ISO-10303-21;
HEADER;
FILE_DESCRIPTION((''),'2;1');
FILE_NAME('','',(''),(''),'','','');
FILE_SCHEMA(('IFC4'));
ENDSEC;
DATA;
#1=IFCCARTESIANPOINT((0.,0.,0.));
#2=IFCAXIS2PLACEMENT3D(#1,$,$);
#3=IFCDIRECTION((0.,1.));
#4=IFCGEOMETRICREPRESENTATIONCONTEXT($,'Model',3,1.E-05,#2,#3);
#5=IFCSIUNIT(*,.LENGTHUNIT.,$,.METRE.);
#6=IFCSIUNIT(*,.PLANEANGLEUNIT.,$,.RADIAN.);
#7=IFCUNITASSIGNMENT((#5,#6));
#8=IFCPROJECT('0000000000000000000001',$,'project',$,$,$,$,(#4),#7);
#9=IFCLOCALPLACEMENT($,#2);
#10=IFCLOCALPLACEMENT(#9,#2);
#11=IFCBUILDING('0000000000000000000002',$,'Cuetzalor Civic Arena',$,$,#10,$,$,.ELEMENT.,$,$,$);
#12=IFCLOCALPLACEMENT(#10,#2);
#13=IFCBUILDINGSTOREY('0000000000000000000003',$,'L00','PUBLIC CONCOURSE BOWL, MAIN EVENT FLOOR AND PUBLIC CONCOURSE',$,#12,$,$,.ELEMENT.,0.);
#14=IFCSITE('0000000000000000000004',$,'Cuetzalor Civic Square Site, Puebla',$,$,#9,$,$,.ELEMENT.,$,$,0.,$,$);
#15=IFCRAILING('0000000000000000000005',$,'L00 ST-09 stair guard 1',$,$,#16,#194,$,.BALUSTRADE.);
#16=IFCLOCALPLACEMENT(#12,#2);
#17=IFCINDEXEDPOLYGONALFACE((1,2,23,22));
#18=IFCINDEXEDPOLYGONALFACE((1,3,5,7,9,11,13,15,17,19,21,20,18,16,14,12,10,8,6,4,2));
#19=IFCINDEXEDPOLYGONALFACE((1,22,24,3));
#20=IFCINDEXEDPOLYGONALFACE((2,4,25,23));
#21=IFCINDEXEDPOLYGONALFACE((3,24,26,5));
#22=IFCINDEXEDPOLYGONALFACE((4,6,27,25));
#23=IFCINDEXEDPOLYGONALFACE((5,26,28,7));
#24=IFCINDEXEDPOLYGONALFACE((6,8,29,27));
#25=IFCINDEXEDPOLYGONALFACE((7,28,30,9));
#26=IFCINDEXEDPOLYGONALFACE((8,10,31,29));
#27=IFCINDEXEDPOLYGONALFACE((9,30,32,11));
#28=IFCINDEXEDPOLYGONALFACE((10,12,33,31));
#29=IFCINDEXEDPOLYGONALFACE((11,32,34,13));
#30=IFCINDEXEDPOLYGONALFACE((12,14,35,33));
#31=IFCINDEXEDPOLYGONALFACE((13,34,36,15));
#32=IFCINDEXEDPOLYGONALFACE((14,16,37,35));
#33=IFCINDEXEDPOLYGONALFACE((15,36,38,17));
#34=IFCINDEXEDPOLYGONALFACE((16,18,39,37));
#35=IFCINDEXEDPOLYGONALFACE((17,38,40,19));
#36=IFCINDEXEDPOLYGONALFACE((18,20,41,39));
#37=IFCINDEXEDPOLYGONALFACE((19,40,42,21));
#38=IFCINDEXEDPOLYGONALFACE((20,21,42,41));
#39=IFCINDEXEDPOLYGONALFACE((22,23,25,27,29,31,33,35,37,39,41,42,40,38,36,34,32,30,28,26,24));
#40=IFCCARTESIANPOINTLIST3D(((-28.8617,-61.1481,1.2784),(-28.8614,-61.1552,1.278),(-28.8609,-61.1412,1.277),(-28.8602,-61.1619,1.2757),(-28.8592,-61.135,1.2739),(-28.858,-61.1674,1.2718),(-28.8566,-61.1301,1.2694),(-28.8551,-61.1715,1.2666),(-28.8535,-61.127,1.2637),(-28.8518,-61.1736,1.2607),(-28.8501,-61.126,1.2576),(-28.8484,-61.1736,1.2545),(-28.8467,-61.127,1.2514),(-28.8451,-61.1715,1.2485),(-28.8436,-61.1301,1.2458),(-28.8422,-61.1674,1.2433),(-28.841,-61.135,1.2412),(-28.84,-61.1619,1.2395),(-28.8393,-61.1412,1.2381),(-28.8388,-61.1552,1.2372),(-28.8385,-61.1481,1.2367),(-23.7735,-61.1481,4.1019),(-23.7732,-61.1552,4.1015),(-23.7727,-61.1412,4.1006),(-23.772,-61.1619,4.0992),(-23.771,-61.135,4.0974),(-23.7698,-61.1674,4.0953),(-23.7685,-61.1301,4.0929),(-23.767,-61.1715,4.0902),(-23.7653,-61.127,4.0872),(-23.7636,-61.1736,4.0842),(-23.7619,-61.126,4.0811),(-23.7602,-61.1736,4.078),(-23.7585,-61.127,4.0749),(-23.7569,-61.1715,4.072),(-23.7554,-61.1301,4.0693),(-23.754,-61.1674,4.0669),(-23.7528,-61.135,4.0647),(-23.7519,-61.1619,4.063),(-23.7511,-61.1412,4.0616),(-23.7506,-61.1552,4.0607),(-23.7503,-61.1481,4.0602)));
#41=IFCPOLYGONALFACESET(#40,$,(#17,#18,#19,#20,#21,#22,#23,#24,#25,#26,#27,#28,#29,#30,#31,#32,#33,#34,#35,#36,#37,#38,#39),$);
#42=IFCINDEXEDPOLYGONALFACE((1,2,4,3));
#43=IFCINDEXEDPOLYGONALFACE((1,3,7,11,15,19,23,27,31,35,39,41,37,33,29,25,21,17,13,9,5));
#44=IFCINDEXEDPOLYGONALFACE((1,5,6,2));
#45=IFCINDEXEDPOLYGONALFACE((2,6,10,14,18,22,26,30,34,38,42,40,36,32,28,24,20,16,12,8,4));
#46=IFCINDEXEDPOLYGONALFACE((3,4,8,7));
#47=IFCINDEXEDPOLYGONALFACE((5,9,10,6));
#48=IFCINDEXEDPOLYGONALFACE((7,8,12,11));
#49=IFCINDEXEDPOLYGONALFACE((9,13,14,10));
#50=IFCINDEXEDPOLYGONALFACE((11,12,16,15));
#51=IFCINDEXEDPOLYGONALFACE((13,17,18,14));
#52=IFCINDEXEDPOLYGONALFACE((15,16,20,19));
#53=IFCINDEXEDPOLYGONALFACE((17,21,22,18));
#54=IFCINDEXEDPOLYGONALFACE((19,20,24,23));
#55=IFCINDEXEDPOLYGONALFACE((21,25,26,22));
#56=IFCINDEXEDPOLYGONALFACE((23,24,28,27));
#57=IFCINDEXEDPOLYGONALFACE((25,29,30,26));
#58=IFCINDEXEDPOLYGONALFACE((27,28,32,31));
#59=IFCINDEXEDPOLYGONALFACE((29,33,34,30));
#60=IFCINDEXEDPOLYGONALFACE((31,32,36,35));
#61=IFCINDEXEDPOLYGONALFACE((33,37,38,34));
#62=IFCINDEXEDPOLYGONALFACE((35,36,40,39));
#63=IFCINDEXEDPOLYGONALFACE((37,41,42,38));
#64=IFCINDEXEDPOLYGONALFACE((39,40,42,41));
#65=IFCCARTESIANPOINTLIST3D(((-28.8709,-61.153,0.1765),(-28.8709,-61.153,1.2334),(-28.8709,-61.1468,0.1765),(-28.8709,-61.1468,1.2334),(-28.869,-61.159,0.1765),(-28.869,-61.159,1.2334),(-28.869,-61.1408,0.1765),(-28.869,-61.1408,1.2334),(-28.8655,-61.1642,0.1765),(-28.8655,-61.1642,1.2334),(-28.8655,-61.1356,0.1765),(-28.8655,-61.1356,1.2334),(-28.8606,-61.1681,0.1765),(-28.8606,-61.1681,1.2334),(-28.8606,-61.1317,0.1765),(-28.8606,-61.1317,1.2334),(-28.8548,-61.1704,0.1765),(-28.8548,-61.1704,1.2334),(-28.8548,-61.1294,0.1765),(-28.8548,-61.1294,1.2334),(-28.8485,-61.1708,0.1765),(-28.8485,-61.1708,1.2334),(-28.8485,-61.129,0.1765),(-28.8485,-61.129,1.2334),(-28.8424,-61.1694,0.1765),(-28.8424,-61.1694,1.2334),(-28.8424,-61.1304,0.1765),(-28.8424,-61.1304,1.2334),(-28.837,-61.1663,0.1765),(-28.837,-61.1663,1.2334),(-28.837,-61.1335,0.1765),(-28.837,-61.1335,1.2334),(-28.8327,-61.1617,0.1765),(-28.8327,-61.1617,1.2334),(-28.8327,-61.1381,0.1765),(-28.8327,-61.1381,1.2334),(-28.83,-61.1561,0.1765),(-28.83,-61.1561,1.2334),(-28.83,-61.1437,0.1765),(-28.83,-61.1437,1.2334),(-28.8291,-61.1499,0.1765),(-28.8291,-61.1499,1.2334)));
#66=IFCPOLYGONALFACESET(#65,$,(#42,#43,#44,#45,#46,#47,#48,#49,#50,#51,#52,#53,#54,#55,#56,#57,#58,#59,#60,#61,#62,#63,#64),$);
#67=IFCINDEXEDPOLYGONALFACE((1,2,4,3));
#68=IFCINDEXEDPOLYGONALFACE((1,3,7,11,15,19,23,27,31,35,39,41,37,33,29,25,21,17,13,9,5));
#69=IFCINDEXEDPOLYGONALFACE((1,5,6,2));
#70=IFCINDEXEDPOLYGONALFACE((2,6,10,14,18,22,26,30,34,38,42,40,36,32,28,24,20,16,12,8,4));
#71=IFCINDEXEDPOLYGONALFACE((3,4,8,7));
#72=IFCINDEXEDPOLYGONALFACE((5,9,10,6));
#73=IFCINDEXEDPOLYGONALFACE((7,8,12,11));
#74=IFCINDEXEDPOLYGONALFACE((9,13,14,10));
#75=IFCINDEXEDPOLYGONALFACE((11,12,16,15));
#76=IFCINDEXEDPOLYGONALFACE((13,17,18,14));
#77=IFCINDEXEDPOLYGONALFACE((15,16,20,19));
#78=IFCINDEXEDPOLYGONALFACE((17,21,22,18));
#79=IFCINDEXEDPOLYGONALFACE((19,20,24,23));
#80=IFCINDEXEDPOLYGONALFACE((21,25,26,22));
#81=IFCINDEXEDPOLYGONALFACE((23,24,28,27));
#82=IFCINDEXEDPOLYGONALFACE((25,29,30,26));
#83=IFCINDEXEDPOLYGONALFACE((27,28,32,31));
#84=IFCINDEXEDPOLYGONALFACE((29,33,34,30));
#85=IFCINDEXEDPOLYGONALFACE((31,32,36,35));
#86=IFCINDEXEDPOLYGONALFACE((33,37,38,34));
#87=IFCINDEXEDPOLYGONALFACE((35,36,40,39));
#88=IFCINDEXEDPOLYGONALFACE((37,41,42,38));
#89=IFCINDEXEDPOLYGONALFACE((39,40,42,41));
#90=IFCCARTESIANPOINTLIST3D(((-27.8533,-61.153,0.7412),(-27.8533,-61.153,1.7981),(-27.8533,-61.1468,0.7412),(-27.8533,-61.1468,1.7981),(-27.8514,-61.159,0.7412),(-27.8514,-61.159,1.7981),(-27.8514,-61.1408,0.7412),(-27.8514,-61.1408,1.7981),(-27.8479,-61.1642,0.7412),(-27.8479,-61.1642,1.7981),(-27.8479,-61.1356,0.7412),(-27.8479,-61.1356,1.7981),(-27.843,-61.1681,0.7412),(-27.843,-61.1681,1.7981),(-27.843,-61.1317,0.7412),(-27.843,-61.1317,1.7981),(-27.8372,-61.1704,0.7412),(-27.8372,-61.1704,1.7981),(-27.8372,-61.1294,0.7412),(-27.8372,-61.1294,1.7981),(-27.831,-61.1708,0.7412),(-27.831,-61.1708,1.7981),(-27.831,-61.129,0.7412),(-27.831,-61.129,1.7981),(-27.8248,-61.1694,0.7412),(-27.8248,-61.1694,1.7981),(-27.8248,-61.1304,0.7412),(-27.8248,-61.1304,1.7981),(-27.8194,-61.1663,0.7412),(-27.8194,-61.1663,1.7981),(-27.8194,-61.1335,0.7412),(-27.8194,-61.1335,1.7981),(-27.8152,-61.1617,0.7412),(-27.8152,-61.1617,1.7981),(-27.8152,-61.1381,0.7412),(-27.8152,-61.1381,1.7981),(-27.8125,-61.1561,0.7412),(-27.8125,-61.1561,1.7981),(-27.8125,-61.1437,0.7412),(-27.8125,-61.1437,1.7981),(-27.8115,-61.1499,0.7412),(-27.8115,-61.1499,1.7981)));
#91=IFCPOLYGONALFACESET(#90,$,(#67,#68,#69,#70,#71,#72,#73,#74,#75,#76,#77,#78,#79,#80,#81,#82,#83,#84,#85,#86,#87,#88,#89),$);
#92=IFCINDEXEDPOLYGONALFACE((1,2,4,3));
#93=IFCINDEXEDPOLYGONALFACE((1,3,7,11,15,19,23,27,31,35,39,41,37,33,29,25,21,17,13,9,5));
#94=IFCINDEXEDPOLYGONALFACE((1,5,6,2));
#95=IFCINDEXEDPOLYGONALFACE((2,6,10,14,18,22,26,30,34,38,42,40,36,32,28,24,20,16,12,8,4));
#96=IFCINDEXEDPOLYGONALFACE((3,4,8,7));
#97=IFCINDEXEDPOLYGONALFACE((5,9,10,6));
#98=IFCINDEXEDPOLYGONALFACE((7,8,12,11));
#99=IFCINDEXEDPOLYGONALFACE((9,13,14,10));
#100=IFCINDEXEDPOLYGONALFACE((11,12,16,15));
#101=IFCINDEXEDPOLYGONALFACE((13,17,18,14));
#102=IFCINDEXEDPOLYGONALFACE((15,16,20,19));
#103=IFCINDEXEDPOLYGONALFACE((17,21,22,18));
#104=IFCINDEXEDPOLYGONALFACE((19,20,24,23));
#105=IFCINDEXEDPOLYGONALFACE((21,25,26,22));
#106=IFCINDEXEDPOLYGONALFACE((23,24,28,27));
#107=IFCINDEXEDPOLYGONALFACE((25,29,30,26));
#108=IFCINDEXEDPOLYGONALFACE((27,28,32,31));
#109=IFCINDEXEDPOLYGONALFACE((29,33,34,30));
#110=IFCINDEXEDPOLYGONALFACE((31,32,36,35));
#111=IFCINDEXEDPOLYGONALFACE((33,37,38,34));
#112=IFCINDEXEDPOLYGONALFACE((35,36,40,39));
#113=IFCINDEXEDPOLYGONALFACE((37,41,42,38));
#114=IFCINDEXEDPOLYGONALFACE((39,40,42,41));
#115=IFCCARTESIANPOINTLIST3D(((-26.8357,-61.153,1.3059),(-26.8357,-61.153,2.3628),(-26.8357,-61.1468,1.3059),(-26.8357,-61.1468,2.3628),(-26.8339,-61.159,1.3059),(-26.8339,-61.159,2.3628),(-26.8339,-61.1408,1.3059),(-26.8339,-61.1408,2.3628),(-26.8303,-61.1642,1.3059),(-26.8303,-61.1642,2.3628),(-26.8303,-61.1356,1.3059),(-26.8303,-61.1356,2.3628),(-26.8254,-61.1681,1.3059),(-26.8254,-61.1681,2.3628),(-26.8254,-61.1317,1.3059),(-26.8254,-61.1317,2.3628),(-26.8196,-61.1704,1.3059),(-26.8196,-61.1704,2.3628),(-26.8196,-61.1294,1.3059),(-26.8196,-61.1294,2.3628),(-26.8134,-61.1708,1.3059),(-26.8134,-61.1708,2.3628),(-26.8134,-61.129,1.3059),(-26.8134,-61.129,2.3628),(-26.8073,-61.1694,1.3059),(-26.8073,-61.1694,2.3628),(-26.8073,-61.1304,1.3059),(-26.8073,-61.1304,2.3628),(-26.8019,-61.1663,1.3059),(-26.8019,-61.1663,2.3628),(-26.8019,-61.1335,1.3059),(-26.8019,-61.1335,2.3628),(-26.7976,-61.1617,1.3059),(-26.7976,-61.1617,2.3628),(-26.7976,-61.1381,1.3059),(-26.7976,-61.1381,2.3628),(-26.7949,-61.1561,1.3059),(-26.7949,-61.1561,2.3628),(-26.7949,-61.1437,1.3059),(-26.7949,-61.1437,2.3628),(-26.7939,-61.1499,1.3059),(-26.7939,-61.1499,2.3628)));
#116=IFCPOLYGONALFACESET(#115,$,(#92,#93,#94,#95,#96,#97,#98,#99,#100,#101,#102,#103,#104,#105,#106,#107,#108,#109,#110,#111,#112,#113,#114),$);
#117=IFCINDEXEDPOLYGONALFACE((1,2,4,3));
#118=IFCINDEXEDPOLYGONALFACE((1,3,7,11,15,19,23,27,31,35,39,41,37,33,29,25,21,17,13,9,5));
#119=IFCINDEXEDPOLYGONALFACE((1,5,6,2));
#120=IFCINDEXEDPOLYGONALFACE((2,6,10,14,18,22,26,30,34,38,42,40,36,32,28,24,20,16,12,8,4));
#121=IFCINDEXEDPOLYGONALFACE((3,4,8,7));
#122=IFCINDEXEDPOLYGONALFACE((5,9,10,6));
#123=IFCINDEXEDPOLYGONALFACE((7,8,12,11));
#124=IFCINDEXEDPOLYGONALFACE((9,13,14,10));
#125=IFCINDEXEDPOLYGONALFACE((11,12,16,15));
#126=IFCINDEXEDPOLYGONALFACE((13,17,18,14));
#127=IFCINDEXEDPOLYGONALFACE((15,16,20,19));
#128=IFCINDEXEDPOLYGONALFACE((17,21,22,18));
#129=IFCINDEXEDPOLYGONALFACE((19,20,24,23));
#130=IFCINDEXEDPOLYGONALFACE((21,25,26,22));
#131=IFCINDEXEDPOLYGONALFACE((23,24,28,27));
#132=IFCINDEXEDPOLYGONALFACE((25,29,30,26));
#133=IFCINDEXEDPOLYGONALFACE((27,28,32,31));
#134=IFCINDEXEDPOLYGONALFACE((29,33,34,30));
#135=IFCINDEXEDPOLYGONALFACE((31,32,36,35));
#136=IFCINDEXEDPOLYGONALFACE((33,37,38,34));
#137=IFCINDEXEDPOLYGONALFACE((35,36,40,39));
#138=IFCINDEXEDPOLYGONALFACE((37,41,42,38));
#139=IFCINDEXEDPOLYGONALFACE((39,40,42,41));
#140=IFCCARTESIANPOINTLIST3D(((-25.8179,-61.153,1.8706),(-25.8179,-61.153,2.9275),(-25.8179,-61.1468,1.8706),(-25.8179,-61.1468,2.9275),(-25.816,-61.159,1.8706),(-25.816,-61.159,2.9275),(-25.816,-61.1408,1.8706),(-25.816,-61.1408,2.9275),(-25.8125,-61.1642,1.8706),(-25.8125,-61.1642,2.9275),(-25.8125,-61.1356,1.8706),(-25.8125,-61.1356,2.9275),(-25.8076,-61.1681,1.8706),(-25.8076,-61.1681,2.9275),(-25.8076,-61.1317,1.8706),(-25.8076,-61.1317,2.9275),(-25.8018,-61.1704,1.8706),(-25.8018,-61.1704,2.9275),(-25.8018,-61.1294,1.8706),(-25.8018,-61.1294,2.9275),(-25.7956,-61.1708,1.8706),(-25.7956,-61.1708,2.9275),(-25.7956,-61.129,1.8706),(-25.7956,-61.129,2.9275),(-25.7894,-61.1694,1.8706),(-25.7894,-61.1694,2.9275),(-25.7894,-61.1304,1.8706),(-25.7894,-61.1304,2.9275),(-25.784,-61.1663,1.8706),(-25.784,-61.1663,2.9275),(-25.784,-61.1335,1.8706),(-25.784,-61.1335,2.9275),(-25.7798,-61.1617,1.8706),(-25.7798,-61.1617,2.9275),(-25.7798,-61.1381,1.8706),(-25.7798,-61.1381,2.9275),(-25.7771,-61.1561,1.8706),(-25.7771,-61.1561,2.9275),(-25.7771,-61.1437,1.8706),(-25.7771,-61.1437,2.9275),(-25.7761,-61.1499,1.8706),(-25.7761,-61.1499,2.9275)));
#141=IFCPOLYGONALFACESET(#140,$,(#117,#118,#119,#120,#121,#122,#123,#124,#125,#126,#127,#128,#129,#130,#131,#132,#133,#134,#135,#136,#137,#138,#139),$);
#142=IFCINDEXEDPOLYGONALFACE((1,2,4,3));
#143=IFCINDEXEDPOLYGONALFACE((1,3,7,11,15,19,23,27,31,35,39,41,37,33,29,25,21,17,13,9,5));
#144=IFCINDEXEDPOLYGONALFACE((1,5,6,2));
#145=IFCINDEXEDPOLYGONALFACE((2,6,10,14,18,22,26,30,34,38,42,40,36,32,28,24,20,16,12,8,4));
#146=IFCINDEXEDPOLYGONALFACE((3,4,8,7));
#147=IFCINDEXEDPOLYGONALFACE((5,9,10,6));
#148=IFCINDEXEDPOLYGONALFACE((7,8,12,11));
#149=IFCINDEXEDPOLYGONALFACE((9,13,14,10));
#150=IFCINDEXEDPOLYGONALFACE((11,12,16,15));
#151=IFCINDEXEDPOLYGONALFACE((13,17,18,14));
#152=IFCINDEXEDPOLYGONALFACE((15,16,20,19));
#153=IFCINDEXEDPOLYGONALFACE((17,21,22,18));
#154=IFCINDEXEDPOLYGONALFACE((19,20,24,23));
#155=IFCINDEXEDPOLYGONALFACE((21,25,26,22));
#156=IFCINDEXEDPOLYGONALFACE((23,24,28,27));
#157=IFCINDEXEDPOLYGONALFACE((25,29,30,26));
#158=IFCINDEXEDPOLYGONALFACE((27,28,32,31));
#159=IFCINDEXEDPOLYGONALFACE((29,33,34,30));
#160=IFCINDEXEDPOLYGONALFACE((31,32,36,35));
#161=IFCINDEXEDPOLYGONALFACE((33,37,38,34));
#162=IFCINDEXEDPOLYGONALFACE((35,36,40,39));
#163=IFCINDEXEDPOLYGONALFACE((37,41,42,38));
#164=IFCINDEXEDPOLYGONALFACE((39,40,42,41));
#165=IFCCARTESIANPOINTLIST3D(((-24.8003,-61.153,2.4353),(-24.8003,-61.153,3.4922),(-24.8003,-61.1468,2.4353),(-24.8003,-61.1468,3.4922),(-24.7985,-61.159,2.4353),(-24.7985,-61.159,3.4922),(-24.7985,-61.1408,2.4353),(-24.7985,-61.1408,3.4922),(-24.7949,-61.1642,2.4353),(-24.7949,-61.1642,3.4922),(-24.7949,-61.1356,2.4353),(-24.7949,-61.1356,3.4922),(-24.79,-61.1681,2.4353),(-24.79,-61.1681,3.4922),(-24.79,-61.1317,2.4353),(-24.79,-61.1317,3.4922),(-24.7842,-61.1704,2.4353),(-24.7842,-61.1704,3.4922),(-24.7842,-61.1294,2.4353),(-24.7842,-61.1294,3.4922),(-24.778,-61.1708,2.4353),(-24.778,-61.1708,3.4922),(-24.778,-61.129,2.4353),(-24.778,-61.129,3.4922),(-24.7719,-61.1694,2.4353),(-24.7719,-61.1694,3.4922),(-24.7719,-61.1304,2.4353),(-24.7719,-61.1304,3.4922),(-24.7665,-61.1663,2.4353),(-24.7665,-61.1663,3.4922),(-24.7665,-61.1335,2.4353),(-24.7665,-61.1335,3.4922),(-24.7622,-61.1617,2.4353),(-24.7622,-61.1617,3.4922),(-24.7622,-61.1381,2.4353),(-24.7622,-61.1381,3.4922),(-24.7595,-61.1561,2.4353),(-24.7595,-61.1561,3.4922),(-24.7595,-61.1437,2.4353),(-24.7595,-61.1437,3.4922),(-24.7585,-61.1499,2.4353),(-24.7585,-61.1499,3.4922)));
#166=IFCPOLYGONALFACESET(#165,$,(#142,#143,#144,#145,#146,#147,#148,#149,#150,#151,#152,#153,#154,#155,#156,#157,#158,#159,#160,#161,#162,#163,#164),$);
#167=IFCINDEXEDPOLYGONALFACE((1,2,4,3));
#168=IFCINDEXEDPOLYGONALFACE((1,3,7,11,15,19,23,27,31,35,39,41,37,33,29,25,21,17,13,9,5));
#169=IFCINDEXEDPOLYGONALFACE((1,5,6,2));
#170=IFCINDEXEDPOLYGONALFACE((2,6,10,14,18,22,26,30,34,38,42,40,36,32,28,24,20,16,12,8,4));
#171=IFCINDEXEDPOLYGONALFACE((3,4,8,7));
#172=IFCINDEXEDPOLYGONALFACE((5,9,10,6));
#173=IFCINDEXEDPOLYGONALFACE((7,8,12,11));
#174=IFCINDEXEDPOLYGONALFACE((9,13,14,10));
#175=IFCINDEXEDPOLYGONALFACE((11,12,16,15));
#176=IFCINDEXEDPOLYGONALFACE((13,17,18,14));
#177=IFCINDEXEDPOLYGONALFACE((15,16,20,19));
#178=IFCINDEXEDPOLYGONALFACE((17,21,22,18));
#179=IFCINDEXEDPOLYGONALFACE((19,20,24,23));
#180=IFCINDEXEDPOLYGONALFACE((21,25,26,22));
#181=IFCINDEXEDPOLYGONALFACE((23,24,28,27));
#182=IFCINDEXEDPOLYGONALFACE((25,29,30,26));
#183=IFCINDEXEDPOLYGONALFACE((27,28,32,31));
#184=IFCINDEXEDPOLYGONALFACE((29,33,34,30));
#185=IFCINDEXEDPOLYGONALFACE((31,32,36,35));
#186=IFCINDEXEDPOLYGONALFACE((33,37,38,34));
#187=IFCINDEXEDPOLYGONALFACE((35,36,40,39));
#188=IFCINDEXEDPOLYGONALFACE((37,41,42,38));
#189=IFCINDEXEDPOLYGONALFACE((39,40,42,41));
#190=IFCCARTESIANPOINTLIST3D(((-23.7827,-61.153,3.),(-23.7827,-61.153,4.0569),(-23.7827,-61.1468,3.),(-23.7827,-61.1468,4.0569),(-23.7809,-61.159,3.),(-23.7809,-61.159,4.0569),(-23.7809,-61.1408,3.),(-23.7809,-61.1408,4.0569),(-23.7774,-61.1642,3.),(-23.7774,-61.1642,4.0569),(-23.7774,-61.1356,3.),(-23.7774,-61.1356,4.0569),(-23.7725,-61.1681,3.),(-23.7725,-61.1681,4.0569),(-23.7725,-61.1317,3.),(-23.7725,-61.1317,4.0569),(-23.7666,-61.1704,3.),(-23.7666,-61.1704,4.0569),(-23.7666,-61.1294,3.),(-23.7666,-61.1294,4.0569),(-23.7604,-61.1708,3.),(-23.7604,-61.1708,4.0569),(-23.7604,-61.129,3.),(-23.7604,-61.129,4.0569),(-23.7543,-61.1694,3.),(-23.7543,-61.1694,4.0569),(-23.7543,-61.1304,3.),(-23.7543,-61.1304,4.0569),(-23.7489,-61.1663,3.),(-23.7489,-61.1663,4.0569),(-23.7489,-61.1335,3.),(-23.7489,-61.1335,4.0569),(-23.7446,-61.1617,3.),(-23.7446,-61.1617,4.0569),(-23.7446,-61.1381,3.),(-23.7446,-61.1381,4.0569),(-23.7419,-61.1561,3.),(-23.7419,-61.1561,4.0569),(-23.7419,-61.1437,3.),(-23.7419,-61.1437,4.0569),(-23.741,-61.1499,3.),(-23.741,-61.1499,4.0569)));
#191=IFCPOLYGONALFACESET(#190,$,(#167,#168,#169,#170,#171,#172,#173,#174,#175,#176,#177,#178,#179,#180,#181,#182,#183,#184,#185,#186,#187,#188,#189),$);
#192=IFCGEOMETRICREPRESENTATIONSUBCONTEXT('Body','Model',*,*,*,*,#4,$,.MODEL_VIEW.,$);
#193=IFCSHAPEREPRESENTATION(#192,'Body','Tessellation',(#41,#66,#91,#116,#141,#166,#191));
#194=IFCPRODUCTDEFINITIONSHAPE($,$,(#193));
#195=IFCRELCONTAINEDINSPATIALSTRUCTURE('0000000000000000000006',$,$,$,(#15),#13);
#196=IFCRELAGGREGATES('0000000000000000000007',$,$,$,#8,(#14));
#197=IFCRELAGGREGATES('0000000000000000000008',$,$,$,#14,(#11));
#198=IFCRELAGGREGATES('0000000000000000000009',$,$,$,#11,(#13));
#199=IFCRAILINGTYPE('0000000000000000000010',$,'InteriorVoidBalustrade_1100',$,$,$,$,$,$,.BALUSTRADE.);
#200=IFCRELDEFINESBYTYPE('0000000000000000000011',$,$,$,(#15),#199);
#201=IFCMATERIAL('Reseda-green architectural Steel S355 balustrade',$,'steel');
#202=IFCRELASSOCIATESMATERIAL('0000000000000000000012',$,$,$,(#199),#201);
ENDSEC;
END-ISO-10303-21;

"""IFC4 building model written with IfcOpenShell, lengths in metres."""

from ifc_helpers import new_model, si_unit, direction, frame, origin, origin_2d, place, context, subcontext, project, spatial, circle, extrude, material, type_object, element, save


model = new_model("IFC4")

# Units and contexts
model_context = context("Model", 3, precision=1e-05, world=origin(), true_north=direction((0.0, 1.0)))
body_context = subcontext(model_context, "Body", "Model", "MODEL_VIEW")
ifc_project = project(units=[si_unit("LENGTHUNIT", "METRE"), si_unit("PLANEANGLEUNIT", "RADIAN")], contexts=[model_context])

# Site, building, storey
site_placement = place(None, origin())
site = spatial("IfcSite", under=ifc_project, at=site_placement, Name="Cuetzalor Civic Square Site, Puebla", CompositionType="ELEMENT", RefElevation=0.0)
building_placement = place(site_placement, origin())
building = spatial("IfcBuilding", under=site, at=building_placement, Name="Cuetzalor Civic Arena", CompositionType="ELEMENT")
storey_placement = place(building_placement, origin())
storey = spatial("IfcBuildingStorey", under=building, at=storey_placement, Name="L00", Description="PUBLIC CONCOURSE BOWL, MAIN EVENT FLOOR AND PUBLIC CONCOURSE", CompositionType="ELEMENT", Elevation=0.0)

# Railing
ifc_material_1 = material(Name="Reseda-green architectural Steel S355 balustrade", Category="steel")
railing_type_1 = type_object("IfcRailingType", Name="InteriorVoidBalustrade_1100", PredefinedType="BALUSTRADE", material=ifc_material_1)
railing_1_placement = place(storey_placement, frame((-28.8501, -61.1499, 0.1765)))
element("IfcRailing", 1, at=railing_1_placement, inside=storey, type_object=railing_type_1, Name="L00 ST-09 stair guard 1", PredefinedType="BALUSTRADE", context=body_context, shape_type="SweptSolid", body=[
    extrude(circle(Radius=0.0239, at=origin_2d()), frame((0.0, 0.0, 1.0811), z_axis=(0.874395, 0.0, 0.485215), x_axis=(0.0, 1.0, 0.0)), (0.0, 0.0, 1.0), 5.8191),
    extrude(circle(Radius=0.021, at=origin_2d()), origin(), (0.0, 0.0, 1.0), 1.0569),
    extrude(circle(Radius=0.021, at=origin_2d()), frame((1.0176, 0.0, 0.5647)), (0.0, 0.0, 1.0), 1.0569),
    extrude(circle(Radius=0.021, at=origin_2d()), frame((2.0352, 0.0, 1.1294)), (0.0, 0.0, 1.0), 1.0569),
    extrude(circle(Radius=0.021, at=origin_2d()), frame((3.053, 0.0, 1.6941)), (0.0, 0.0, 1.0), 1.0569),
    extrude(circle(Radius=0.021, at=origin_2d()), frame((4.0706, 0.0, 2.2588)), (0.0, 0.0, 1.0), 1.0569),
    extrude(circle(Radius=0.021, at=origin_2d()), frame((5.0881, 0.0, 2.8235)), (0.0, 0.0, 1.0), 1.0569),
])

save(model, "model.ifc")
